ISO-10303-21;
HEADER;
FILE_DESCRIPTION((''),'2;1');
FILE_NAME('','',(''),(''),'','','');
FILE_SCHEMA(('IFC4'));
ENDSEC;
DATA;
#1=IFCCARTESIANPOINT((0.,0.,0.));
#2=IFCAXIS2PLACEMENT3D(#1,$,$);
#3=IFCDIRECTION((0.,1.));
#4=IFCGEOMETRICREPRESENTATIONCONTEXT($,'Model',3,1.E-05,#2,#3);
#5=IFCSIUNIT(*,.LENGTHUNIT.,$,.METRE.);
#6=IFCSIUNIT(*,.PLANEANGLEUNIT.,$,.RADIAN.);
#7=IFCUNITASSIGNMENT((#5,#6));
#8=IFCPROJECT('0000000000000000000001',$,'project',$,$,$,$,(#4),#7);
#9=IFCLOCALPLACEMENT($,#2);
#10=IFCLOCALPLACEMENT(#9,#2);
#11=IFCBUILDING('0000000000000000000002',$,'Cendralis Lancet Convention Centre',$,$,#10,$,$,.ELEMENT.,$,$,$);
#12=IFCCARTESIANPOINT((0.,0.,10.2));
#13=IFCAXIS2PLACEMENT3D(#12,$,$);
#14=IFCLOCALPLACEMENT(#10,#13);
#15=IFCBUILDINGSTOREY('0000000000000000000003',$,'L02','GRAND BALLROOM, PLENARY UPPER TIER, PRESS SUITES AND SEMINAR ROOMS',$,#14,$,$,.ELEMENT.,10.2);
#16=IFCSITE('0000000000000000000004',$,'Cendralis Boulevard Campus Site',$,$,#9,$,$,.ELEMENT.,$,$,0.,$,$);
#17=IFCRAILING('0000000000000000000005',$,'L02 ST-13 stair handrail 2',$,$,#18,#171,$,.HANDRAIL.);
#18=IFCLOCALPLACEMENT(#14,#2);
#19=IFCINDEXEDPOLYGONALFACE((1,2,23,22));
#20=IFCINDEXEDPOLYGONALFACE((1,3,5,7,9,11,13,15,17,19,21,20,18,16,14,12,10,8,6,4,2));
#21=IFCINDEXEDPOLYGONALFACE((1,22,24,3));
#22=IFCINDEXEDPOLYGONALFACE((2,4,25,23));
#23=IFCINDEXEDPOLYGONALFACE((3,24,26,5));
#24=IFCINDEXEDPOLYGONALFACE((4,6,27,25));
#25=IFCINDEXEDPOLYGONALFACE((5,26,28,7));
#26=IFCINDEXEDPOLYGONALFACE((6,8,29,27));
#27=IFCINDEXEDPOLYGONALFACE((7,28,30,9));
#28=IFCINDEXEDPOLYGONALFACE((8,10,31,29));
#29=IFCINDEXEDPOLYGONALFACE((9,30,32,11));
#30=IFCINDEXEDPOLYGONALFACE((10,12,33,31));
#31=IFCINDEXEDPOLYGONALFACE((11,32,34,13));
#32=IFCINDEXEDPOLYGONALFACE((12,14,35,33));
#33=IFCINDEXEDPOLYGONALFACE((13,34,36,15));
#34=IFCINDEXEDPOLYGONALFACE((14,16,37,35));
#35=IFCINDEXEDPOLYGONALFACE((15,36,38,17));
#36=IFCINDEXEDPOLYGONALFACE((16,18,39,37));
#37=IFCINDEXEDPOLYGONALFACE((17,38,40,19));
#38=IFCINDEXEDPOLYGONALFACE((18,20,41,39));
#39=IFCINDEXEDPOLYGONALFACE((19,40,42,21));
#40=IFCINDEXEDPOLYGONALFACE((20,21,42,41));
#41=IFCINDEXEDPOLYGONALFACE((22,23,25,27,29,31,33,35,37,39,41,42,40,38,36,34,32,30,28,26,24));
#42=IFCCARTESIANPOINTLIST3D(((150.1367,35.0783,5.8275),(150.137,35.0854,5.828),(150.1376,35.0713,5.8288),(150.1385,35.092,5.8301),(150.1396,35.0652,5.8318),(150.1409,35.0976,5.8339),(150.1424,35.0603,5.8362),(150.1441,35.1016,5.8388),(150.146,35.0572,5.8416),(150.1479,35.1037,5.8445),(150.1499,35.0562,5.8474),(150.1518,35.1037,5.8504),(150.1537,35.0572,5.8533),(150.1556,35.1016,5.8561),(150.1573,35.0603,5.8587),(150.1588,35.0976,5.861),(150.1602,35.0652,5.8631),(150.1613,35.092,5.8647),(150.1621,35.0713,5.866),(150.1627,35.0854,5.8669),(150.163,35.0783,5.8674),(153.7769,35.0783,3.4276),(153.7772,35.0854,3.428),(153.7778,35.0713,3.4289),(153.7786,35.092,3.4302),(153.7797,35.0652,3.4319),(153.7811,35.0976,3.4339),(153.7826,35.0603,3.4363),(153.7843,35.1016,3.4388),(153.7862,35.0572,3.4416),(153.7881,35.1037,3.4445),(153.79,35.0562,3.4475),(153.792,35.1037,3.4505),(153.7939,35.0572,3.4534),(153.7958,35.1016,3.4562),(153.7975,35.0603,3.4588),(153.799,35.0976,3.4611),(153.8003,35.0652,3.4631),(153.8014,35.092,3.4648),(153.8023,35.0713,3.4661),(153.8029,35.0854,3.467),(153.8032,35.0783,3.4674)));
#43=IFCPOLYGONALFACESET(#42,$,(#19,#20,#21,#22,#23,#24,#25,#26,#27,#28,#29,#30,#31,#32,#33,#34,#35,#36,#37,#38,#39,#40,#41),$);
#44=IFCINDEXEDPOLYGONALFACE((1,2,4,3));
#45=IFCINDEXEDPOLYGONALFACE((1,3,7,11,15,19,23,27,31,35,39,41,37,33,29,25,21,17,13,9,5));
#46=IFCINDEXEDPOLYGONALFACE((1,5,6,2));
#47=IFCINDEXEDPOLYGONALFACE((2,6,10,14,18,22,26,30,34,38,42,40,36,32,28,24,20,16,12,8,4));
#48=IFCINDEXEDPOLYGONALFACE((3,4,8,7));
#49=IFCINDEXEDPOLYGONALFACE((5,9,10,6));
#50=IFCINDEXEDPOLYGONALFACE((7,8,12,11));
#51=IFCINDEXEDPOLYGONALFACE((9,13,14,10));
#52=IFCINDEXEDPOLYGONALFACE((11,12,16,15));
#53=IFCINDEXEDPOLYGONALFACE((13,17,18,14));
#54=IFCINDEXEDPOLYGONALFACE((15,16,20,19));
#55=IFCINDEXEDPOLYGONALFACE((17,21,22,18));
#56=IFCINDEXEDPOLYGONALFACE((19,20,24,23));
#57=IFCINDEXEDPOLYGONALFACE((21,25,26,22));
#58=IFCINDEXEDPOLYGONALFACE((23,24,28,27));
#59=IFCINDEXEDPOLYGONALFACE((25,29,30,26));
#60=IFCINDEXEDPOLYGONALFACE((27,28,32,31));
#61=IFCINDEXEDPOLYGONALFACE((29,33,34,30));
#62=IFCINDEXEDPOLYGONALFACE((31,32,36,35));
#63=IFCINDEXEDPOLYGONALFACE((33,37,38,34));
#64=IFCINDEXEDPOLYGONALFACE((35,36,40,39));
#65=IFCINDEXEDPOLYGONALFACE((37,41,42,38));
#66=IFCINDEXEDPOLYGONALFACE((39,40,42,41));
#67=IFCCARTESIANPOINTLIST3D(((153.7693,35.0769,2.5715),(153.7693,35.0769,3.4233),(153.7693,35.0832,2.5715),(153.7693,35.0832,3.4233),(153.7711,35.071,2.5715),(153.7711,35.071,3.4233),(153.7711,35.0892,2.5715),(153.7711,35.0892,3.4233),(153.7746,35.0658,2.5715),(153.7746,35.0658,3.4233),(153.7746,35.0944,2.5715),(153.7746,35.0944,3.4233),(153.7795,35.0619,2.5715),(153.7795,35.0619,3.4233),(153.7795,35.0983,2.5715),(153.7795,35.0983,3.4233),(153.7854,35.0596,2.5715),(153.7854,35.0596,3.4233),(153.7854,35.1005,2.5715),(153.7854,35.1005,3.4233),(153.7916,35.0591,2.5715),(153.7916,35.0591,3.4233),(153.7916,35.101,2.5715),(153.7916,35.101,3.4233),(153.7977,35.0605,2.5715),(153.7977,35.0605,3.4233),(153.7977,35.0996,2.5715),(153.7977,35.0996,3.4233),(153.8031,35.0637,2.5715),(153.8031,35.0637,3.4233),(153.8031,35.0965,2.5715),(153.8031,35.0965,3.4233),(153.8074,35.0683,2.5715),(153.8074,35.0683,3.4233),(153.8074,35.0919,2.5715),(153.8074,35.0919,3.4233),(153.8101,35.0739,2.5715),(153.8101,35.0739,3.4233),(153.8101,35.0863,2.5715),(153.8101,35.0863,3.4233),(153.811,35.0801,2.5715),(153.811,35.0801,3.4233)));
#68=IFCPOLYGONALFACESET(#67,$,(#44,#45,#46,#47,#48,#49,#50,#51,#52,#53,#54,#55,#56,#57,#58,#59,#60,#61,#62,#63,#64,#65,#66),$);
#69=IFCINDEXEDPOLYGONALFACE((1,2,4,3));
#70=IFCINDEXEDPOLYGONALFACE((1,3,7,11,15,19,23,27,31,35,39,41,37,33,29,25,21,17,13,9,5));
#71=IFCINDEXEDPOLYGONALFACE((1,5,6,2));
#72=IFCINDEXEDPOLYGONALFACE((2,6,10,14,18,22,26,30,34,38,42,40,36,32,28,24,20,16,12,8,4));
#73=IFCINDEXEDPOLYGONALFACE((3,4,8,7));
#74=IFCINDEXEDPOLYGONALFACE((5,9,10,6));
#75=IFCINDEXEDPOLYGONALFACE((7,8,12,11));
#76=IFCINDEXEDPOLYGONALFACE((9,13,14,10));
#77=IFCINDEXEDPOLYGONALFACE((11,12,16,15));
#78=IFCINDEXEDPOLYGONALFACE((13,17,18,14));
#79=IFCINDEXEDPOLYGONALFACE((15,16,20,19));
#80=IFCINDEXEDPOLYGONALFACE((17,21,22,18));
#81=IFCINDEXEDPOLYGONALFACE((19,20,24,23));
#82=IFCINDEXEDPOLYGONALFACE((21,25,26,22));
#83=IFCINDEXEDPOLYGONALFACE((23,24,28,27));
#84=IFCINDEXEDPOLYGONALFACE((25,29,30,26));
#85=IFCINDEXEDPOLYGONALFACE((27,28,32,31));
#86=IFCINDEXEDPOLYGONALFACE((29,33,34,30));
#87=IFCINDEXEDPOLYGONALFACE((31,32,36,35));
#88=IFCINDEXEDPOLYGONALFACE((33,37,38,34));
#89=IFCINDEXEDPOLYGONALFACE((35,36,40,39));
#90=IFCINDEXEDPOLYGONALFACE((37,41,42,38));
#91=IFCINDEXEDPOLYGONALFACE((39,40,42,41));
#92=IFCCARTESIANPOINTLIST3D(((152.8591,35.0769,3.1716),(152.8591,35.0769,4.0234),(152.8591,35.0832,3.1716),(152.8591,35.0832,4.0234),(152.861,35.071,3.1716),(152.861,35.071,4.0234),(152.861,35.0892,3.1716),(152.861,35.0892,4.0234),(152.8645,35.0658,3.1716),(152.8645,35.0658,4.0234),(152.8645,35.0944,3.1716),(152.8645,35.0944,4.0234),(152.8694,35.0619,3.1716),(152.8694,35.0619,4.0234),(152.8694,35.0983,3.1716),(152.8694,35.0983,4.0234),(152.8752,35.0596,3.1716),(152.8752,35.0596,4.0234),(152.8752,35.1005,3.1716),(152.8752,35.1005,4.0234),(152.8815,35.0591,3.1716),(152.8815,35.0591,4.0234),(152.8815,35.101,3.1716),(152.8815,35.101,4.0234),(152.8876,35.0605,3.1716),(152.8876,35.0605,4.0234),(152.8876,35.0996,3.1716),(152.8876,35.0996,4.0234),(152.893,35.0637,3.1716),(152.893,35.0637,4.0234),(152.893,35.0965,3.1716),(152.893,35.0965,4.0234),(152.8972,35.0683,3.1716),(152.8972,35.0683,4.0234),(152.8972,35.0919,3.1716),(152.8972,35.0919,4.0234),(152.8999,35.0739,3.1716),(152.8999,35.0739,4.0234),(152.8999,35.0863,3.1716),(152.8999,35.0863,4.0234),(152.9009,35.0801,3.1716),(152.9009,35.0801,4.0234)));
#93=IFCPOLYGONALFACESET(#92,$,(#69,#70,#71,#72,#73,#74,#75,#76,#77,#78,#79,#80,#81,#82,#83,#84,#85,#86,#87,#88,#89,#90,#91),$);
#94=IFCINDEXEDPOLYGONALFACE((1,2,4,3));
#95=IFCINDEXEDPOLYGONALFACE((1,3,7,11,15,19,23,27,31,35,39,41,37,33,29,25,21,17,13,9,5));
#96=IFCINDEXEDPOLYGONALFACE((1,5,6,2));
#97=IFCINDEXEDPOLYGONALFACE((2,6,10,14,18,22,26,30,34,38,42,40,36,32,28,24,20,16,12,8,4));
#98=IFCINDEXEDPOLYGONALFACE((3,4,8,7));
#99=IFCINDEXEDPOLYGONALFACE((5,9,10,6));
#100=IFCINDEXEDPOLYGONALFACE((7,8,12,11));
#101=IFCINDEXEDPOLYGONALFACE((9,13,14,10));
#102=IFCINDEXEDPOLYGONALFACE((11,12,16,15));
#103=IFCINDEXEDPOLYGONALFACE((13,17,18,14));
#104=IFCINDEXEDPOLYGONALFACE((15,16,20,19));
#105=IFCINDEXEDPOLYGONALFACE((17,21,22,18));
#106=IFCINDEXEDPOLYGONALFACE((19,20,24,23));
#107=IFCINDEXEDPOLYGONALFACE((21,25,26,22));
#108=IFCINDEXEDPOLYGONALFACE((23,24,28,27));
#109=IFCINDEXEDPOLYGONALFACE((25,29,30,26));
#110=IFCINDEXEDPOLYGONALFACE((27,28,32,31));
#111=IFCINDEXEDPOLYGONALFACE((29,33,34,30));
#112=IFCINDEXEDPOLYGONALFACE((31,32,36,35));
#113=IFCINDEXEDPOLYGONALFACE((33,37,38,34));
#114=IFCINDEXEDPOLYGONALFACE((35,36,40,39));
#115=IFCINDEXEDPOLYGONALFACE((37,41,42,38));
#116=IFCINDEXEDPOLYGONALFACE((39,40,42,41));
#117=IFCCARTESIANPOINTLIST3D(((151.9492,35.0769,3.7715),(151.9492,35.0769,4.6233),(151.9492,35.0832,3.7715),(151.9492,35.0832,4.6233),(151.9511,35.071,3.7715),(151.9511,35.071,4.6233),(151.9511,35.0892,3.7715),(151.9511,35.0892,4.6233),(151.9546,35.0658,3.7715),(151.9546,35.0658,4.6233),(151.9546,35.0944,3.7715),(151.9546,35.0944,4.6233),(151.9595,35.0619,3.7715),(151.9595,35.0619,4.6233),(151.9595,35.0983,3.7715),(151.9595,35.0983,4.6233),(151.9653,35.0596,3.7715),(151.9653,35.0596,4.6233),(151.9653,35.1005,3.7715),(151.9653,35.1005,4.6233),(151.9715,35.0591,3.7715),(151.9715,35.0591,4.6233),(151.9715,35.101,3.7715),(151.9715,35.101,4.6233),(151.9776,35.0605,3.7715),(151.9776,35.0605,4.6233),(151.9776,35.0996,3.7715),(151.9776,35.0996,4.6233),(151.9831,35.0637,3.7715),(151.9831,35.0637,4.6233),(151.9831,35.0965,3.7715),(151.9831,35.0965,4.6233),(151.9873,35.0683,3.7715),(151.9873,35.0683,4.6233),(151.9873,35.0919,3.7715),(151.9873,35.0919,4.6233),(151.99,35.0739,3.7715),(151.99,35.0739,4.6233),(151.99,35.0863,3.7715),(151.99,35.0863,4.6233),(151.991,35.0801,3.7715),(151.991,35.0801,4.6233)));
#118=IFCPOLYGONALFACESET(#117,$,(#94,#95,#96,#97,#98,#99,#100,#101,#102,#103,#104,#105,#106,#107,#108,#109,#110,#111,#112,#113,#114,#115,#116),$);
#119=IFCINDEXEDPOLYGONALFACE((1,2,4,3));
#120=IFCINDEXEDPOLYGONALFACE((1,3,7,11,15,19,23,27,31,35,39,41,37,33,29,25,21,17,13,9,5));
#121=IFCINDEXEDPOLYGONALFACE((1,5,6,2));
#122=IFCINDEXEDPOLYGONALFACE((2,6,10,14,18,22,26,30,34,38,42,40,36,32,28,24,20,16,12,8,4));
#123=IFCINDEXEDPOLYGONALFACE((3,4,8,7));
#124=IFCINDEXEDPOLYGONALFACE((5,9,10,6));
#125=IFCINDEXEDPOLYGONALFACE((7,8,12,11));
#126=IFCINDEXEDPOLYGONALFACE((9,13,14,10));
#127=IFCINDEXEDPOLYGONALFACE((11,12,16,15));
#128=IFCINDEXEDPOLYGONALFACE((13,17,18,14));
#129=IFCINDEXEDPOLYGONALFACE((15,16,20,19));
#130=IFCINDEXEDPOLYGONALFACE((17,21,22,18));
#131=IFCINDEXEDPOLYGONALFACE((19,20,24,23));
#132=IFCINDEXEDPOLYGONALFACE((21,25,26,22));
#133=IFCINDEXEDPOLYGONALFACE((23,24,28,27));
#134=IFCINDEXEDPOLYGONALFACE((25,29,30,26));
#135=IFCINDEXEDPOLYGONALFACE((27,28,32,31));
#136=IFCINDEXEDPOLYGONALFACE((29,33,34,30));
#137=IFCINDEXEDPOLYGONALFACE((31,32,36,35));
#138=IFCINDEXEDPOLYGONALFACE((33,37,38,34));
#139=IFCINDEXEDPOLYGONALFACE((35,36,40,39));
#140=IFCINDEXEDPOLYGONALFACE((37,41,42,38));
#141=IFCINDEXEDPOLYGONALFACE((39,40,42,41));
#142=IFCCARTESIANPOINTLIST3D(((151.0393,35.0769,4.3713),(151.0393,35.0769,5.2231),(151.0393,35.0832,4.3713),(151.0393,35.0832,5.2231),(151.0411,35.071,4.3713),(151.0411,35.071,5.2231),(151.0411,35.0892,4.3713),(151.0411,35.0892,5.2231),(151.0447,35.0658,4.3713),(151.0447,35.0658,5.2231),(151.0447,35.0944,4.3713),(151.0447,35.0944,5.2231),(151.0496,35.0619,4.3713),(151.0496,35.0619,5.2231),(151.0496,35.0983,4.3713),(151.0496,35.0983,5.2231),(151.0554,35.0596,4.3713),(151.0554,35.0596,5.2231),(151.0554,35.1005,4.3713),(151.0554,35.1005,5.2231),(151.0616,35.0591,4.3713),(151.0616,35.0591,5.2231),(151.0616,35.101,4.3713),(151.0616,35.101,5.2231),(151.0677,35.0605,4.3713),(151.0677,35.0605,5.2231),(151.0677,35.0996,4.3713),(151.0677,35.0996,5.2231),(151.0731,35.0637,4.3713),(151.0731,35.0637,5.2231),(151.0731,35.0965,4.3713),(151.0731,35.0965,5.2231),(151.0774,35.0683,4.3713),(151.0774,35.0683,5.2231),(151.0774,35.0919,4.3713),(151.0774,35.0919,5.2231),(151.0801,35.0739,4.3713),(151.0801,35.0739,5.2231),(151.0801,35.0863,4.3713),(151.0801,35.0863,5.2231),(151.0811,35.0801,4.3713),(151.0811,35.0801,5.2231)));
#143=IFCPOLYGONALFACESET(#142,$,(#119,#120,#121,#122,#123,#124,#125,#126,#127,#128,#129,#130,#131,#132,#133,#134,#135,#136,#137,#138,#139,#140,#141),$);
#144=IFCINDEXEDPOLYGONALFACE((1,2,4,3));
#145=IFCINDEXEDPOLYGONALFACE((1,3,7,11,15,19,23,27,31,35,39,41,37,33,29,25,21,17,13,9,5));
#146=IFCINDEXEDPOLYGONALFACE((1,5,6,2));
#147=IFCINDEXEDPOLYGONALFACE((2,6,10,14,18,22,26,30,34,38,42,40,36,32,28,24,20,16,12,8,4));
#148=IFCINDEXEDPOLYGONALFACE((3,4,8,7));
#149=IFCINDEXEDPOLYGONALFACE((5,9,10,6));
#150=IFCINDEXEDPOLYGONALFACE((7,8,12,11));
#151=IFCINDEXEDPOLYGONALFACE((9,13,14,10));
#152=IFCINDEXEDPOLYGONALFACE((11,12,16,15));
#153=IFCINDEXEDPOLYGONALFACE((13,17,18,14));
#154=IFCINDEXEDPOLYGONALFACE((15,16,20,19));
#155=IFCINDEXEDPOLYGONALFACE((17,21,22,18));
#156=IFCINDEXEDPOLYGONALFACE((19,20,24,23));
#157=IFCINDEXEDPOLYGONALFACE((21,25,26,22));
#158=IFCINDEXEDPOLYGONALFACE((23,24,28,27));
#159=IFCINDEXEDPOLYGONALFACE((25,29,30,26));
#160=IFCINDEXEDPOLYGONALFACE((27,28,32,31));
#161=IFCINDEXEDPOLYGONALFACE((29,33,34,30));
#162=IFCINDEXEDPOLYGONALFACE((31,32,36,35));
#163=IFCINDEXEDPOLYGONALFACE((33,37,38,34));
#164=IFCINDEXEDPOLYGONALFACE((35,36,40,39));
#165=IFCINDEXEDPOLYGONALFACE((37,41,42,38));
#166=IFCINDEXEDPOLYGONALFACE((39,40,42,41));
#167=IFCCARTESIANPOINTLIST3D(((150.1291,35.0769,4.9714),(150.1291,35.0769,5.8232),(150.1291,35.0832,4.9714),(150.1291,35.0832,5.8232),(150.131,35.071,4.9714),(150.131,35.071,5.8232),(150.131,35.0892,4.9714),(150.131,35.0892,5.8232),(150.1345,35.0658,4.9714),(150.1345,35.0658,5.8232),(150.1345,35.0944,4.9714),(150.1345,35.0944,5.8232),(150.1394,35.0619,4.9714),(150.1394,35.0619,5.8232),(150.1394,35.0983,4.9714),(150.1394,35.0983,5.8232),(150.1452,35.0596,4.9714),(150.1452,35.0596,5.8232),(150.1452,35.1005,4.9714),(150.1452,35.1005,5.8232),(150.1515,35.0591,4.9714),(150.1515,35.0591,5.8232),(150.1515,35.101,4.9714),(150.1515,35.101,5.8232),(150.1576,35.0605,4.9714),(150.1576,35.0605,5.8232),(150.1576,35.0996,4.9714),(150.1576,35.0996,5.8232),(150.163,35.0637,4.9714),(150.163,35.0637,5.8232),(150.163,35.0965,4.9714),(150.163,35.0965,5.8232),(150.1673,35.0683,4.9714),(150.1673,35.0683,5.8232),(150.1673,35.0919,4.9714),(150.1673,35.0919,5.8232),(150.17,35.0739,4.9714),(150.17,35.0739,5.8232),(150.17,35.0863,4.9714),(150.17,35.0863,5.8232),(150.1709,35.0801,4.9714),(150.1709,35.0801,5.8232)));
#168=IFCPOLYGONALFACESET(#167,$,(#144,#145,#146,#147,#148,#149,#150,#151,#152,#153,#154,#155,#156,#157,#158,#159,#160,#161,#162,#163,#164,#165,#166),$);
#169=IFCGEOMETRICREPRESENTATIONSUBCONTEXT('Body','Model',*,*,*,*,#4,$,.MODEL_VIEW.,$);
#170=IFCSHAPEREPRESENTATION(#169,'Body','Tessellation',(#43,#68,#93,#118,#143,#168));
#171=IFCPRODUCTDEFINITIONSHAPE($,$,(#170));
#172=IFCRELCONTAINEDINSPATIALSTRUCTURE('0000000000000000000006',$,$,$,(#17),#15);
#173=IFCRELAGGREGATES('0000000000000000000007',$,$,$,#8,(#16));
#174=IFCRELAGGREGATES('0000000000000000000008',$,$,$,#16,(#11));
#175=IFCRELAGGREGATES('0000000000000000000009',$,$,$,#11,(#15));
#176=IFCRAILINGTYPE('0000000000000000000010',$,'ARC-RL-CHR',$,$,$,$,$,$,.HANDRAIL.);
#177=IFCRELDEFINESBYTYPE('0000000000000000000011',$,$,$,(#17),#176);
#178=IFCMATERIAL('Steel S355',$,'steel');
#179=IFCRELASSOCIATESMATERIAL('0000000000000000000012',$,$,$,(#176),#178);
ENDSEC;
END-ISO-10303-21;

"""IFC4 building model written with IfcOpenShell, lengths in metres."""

from ifc_helpers import new_model, si_unit, direction, frame, origin, origin_2d, place, context, subcontext, project, spatial, circle, extrude, material, type_object, element, save


model = new_model("IFC4")

# Units and contexts
model_context = context("Model", 3, precision=1e-05, world=origin(), true_north=direction((0.0, 1.0)))
body_context = subcontext(model_context, "Body", "Model", "MODEL_VIEW")
ifc_project = project(units=[si_unit("LENGTHUNIT", "METRE"), si_unit("PLANEANGLEUNIT", "RADIAN")], contexts=[model_context])

# Site, building, storey
site_placement = place(None, origin())
site = spatial("IfcSite", under=ifc_project, at=site_placement, Name="Cendralis Boulevard Campus Site", CompositionType="ELEMENT", RefElevation=0.0)
building_placement = place(site_placement, origin())
building = spatial("IfcBuilding", under=site, at=building_placement, Name="Cendralis Lancet Convention Centre", CompositionType="ELEMENT")
storey_placement = place(building_placement, frame((0.0, 0.0, 10.2)))
storey = spatial("IfcBuildingStorey", under=building, at=storey_placement, Name="L02", Description="GRAND BALLROOM, PLENARY UPPER TIER, PRESS SUITES AND SEMINAR ROOMS", CompositionType="ELEMENT", Elevation=10.2)

# Shared definitions
ifc_material_1 = material(Name="Steel S355", Category="steel")

# Railing
railing_type_1 = type_object("IfcRailingType", Name="ARC-RL-CHR", PredefinedType="HANDRAIL", material=ifc_material_1)
railing_1_placement = place(storey_placement, frame((153.79, 35.0801, 2.5715)))
element("IfcRailing", 1, at=railing_1_placement, inside=storey, type_object=railing_type_1, Name="L02 ST-13 stair handrail 2", PredefinedType="HANDRAIL", context=body_context, shape_type="SweptSolid", body=[
    extrude(circle(Radius=0.0239, at=origin_2d()), frame((0.0, 0.0, 0.876), z_axis=(-0.834882, 0.0, 0.550429), x_axis=(0.0, -1.0, 0.0)), (0.0, 0.0, 1.0), 4.3601),
    extrude(circle(Radius=0.021, at=origin_2d()), origin(), (0.0, 0.0, 1.0), 0.8518),
    extrude(circle(Radius=0.021, at=origin_2d()), frame((-0.9102, 0.0, 0.6001)), (0.0, 0.0, 1.0), 0.8518),
    extrude(circle(Radius=0.021, at=origin_2d()), frame((-1.8201, 0.0, 1.2)), (0.0, 0.0, 1.0), 0.8518),
    extrude(circle(Radius=0.021, at=origin_2d()), frame((-2.73, 0.0, 1.7998)), (0.0, 0.0, 1.0), 0.8518),
    extrude(circle(Radius=0.021, at=origin_2d()), frame((-3.6401, 0.0, 2.3999)), (0.0, 0.0, 1.0), 0.8518),
])

save(model, "model.ifc")
